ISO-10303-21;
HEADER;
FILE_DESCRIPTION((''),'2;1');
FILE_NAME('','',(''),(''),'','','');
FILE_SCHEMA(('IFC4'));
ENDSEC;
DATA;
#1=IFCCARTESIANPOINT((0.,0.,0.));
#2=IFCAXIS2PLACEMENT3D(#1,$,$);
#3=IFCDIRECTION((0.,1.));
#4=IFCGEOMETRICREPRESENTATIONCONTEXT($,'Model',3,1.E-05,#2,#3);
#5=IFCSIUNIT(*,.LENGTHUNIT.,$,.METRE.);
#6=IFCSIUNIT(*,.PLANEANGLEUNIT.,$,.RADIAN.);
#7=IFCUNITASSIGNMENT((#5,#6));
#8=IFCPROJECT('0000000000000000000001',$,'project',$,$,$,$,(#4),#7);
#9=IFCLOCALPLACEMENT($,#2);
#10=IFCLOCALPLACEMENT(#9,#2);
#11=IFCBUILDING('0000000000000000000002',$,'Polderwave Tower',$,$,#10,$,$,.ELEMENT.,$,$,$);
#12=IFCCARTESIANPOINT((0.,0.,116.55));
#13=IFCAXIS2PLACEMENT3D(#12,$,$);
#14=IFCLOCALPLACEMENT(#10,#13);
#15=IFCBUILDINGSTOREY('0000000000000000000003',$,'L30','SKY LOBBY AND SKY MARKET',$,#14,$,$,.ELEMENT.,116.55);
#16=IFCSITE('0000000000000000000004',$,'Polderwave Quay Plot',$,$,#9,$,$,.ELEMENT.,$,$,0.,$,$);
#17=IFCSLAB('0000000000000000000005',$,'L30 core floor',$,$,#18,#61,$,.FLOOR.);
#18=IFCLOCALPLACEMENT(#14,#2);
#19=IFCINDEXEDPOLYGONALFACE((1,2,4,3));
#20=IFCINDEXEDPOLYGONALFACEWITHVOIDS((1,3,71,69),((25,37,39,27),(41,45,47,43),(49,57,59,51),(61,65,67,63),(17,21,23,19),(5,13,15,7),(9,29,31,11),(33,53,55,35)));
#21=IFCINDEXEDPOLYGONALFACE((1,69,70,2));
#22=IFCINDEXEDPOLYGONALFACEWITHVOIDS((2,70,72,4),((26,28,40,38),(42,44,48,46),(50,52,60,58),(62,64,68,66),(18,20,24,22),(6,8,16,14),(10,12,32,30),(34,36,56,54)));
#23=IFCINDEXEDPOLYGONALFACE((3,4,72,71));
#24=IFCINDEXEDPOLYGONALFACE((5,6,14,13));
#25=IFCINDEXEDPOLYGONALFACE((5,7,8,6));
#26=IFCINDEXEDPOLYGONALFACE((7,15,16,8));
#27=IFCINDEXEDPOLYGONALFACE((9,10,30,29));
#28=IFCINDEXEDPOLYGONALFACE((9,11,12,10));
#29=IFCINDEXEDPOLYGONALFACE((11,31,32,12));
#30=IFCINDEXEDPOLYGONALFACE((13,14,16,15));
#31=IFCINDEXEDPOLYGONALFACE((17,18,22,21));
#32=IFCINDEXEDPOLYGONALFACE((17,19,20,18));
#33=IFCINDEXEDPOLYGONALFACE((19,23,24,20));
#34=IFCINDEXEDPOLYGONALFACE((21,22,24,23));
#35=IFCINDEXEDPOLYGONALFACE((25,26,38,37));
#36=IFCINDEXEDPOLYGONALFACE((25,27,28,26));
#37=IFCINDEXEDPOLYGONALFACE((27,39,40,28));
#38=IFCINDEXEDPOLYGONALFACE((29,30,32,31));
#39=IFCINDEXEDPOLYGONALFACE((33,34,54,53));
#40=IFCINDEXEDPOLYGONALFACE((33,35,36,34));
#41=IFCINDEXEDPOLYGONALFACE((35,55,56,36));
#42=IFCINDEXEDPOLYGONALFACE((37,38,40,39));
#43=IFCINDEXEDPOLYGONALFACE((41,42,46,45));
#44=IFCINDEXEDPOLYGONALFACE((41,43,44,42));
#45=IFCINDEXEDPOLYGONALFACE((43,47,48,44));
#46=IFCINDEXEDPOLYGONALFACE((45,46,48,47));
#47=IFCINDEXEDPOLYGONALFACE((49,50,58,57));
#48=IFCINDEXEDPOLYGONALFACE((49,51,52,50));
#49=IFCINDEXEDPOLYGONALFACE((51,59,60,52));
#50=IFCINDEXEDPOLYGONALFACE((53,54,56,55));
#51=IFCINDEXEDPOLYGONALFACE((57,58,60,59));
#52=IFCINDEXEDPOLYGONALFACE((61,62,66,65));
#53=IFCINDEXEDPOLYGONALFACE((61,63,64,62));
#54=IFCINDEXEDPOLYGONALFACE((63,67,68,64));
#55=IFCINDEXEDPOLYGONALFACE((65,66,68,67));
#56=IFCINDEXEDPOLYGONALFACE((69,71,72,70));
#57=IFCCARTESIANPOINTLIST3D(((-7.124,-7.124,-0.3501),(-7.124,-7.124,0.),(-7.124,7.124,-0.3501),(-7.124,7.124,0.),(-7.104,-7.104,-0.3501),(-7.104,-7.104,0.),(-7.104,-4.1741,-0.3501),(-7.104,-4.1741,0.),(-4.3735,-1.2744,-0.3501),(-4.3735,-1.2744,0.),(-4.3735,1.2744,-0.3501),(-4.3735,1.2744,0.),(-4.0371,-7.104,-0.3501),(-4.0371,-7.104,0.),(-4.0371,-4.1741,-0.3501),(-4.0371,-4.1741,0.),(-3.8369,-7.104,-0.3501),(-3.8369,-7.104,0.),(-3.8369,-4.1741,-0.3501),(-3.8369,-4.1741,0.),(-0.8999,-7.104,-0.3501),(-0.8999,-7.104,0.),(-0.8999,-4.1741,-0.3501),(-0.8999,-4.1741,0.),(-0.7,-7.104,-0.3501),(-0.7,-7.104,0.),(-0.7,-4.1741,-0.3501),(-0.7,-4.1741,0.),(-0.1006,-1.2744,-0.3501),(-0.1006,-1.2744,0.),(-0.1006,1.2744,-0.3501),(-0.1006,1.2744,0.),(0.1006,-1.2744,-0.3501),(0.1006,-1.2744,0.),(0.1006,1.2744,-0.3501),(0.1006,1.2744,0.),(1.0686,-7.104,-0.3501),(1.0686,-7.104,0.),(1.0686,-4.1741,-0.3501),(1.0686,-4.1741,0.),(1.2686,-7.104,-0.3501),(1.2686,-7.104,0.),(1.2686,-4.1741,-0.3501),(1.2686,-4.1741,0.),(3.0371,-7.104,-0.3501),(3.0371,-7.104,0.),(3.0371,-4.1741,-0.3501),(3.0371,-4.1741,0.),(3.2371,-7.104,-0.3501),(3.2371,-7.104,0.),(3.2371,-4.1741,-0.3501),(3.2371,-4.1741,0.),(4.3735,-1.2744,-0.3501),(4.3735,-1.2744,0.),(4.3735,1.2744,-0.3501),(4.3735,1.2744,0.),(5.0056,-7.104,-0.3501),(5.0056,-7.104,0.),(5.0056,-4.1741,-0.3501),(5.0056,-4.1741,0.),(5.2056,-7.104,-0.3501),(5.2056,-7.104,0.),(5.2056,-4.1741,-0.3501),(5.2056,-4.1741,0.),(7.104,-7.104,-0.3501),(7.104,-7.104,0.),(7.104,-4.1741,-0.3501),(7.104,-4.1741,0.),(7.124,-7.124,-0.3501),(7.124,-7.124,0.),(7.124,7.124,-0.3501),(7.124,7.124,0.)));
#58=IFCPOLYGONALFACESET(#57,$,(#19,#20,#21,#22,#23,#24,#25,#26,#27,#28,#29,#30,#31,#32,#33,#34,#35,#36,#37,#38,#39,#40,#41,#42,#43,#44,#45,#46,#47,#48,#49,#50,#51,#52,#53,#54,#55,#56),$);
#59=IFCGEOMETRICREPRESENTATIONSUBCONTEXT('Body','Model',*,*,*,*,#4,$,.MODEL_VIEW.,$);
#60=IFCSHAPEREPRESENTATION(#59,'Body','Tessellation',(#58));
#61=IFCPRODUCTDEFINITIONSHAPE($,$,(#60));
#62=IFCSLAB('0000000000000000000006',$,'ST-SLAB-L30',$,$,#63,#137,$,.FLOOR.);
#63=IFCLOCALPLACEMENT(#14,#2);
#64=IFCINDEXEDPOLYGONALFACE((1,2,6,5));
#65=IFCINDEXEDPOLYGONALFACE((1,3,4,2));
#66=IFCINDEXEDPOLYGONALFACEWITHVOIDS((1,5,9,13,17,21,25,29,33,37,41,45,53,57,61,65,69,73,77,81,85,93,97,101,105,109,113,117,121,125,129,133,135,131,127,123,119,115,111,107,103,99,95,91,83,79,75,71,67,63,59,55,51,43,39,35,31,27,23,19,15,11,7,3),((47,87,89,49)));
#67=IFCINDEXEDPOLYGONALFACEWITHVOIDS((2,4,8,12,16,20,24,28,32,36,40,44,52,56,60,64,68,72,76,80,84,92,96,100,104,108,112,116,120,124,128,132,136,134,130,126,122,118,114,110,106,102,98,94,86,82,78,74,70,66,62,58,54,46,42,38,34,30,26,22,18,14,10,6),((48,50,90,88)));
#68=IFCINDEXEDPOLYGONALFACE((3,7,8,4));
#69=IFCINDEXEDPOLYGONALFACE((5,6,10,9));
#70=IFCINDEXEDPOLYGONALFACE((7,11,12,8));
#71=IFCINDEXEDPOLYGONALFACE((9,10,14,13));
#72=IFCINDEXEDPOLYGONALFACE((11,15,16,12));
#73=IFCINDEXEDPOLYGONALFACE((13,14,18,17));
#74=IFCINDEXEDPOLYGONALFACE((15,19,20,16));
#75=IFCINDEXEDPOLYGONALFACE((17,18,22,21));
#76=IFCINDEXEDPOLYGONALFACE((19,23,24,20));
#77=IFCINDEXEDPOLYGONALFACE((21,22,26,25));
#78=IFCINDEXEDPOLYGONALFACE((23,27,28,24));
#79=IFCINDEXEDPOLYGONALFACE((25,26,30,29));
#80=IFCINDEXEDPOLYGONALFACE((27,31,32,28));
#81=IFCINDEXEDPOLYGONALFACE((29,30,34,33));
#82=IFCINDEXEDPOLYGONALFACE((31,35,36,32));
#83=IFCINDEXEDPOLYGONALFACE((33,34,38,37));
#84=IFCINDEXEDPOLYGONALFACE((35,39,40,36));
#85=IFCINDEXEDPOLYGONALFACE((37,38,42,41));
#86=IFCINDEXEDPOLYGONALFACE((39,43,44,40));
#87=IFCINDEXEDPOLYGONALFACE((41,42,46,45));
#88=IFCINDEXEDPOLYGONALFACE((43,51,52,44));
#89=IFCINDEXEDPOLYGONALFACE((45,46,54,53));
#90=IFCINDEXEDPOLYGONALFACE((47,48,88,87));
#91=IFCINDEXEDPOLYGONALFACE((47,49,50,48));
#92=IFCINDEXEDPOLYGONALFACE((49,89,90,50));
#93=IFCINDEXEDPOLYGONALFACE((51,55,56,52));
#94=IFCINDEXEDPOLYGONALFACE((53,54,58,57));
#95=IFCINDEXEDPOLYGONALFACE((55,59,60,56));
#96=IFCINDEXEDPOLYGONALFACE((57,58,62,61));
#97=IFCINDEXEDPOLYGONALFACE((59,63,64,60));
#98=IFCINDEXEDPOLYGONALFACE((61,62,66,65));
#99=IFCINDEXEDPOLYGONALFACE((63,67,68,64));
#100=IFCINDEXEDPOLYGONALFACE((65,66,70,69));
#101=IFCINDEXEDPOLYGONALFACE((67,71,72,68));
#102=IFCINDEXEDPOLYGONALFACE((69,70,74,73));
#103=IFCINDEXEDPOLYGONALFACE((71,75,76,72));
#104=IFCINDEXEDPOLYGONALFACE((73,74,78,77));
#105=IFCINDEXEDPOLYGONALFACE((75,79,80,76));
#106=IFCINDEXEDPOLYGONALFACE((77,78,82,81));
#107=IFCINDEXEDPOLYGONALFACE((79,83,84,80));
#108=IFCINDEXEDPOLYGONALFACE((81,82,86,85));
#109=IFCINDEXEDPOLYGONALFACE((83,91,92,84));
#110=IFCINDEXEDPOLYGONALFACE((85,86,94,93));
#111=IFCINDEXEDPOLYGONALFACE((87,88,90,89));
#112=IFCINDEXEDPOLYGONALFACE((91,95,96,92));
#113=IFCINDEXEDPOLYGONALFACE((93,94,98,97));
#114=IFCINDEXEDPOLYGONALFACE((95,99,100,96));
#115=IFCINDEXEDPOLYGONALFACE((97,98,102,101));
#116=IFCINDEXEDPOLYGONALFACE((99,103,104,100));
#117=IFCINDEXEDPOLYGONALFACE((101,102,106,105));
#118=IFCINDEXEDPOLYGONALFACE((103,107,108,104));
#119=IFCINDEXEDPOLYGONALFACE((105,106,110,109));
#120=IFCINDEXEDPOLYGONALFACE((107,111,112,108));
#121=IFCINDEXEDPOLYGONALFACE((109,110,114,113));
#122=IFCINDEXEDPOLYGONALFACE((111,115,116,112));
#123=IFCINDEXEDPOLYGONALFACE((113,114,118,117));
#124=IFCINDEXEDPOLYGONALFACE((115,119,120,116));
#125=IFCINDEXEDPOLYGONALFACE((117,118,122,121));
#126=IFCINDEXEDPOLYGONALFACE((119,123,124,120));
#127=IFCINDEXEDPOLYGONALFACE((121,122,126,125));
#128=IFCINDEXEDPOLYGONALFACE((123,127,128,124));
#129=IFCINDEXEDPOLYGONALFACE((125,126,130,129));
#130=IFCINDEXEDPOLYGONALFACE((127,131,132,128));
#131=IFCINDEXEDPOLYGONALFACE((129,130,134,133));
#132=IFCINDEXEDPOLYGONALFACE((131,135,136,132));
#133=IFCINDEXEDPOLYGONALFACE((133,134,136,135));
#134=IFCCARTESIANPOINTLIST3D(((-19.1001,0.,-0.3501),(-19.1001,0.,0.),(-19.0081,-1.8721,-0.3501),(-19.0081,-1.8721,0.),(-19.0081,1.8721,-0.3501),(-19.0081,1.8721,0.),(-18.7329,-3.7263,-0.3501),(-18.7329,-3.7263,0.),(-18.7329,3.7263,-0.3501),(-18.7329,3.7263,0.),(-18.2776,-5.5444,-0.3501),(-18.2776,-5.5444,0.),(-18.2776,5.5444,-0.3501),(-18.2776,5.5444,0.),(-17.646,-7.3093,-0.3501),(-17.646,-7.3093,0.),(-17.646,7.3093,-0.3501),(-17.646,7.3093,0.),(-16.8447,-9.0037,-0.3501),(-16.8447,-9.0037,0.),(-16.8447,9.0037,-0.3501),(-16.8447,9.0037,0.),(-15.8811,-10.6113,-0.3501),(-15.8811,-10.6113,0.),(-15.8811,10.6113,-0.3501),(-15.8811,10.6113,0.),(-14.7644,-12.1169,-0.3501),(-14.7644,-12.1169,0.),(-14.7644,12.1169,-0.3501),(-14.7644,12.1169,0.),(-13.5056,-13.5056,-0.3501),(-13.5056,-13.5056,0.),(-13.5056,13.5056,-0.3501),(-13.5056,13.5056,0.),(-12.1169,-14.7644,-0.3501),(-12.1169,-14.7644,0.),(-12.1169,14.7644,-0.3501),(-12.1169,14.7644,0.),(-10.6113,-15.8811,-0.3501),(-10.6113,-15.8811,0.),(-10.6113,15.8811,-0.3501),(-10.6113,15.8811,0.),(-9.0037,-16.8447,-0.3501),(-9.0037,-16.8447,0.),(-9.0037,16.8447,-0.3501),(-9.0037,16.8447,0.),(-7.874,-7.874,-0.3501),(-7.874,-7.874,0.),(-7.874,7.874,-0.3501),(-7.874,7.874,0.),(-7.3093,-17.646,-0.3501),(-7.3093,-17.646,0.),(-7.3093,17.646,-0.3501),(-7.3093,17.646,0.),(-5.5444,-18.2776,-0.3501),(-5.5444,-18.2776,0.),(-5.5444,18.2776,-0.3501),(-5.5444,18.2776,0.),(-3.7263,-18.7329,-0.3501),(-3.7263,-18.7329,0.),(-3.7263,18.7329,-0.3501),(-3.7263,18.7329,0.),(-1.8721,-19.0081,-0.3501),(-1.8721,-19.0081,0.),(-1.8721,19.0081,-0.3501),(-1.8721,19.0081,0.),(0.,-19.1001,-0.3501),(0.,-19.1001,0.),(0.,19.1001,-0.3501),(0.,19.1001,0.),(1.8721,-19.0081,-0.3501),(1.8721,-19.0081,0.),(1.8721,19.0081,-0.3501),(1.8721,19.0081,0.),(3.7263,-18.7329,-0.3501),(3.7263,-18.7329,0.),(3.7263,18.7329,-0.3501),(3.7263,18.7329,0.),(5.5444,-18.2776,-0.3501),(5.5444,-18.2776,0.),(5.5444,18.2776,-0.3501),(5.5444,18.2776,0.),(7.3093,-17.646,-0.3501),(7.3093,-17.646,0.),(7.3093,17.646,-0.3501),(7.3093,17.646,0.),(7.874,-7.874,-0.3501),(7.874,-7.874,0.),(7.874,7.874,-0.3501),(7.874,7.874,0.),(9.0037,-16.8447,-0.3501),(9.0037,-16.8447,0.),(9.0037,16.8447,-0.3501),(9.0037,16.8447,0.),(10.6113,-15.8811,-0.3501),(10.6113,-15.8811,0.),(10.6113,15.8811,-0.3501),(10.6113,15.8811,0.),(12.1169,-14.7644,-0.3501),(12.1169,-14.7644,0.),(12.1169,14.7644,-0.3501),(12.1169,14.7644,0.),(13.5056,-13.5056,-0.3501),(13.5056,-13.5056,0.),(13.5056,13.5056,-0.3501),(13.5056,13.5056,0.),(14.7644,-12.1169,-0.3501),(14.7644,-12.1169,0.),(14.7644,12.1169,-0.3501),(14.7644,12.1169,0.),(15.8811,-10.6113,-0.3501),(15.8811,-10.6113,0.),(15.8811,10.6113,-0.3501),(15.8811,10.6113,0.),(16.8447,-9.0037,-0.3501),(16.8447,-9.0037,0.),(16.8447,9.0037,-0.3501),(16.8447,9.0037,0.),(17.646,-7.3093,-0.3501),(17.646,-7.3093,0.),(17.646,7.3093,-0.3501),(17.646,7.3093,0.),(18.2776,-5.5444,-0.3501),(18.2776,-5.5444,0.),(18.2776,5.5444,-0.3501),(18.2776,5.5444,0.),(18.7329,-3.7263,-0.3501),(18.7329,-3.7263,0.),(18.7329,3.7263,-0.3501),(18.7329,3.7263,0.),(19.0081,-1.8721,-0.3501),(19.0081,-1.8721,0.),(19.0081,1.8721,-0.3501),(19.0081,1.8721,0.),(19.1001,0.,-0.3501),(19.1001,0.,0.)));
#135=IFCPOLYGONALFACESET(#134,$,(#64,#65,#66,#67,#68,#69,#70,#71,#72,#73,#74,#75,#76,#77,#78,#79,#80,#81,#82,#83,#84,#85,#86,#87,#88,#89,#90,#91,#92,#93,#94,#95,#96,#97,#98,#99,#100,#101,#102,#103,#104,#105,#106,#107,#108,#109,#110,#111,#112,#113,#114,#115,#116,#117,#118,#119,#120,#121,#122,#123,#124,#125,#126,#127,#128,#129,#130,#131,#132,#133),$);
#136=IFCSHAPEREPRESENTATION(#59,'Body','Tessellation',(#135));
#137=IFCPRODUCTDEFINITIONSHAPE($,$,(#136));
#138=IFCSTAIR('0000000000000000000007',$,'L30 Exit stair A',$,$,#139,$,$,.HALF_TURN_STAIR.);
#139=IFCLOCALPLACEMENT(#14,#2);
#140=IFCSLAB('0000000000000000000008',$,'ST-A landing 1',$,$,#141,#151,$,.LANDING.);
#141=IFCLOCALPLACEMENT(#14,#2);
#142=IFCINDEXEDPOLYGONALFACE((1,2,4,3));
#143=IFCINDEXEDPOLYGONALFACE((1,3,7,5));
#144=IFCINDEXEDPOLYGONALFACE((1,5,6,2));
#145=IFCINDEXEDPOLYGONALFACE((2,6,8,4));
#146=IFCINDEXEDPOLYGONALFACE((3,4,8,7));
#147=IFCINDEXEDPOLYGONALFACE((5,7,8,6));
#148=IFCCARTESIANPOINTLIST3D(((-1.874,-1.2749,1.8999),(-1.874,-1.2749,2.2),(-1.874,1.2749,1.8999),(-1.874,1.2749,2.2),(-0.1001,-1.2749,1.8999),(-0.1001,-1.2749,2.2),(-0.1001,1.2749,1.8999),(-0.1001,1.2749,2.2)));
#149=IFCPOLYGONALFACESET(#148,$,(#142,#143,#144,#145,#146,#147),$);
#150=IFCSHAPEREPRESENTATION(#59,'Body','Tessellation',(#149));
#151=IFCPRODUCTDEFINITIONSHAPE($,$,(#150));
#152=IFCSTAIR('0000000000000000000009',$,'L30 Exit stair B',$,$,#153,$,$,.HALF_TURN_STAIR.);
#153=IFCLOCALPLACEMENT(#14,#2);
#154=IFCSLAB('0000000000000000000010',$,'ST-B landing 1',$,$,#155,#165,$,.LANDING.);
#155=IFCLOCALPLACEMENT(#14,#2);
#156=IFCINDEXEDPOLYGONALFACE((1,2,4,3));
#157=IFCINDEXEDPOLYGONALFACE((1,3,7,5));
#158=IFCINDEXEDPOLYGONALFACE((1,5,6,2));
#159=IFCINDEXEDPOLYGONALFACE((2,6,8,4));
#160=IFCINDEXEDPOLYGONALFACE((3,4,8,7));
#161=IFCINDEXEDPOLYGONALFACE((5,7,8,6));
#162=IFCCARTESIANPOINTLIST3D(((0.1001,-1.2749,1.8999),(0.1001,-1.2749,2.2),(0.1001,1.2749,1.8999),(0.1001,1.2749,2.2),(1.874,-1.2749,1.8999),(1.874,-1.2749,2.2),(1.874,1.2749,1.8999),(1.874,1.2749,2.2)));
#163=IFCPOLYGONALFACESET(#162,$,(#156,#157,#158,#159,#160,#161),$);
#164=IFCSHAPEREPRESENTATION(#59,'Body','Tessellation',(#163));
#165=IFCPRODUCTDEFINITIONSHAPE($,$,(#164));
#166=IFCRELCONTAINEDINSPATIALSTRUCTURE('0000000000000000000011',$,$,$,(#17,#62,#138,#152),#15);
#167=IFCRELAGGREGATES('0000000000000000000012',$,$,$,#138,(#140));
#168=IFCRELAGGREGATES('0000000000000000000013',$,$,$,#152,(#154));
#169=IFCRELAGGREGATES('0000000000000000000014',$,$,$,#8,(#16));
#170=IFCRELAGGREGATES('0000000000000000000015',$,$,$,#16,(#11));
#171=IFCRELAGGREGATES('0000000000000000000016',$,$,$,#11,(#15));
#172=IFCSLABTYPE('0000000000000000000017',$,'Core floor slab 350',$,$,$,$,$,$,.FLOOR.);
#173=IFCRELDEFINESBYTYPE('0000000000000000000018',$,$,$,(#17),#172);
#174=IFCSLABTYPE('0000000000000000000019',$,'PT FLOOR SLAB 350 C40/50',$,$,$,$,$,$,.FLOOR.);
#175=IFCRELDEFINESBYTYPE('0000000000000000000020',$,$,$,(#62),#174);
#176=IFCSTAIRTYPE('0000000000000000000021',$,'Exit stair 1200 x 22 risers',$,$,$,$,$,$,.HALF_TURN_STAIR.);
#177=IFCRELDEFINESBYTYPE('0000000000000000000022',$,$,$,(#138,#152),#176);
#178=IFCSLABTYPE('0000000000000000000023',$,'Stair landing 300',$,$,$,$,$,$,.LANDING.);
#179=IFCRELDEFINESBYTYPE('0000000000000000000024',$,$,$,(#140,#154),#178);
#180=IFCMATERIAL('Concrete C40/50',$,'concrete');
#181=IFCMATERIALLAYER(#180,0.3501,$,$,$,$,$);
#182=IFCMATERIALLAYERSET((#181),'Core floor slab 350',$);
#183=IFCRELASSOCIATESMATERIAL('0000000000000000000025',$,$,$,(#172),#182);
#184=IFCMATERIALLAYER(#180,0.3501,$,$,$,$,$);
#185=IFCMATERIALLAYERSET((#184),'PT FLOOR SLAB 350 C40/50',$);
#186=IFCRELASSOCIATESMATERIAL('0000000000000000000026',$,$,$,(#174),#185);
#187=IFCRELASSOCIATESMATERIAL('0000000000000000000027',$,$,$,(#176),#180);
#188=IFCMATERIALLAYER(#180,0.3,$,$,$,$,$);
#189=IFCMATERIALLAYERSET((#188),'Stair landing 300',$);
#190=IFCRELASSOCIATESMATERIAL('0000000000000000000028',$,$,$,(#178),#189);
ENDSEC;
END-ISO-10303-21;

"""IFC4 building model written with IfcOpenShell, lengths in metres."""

from ifc_helpers import new_model, si_unit, direction, frame, origin, place, context, subcontext, project, spatial, polyline, outline, extrude, material, layer, layer_set, type_object, element, aggregate, save


model = new_model("IFC4")

# Units and contexts
model_context = context("Model", 3, precision=1e-05, world=origin(), true_north=direction((0.0, 1.0)))
body_context = subcontext(model_context, "Body", "Model", "MODEL_VIEW")
ifc_project = project(units=[si_unit("LENGTHUNIT", "METRE"), si_unit("PLANEANGLEUNIT", "RADIAN")], contexts=[model_context])

# Site, building, storey
site_placement = place(None, origin())
site = spatial("IfcSite", under=ifc_project, at=site_placement, Name="Polderwave Quay Plot", CompositionType="ELEMENT", RefElevation=0.0)
building_placement = place(site_placement, origin())
building = spatial("IfcBuilding", under=site, at=building_placement, Name="Polderwave Tower", CompositionType="ELEMENT")
storey_placement = place(building_placement, frame((0.0, 0.0, 116.55)))
storey = spatial("IfcBuildingStorey", under=building, at=storey_placement, Name="L30", Description="SKY LOBBY AND SKY MARKET", CompositionType="ELEMENT", Elevation=116.55)

# Slabs
ifc_material_1 = material(Name="Concrete C40/50", Category="concrete")
ifc_layer_1 = layer(ifc_material_1, 0.3501)
ifc_layer_set_1 = layer_set([ifc_layer_1], Name="Core floor slab 350")
slab_type_1 = type_object("IfcSlabType", Name="Core floor slab 350", PredefinedType="FLOOR", material=ifc_layer_set_1)
slab_1_placement = place(storey_placement, frame((0.0, 0.0, -0.3501)))
element("IfcSlab", 1, at=slab_1_placement, inside=storey, type_object=slab_type_1, Name="L30 core floor", PredefinedType="FLOOR", context=body_context, shape_type="SweptSolid", body=[
    extrude(outline(polyline([(-7.124, -7.124), (7.124, -7.124), (7.124, 7.124), (-7.124, 7.124), (-7.124, -7.124)]), holes=[polyline([(-7.104, -7.104), (-4.0371, -7.104), (-4.0371, -4.1741), (-7.104, -4.1741), (-7.104, -7.104)]), polyline([(-3.8369, -7.104), (-0.8999, -7.104), (-0.8999, -4.1741), (-3.8369, -4.1741), (-3.8369, -7.104)]), polyline([(-0.7, -7.104), (1.0686, -7.104), (1.0686, -4.1741), (-0.7, -4.1741), (-0.7, -7.104)]), polyline([(1.2686, -7.104), (3.0371, -7.104), (3.0371, -4.1741), (1.2686, -4.1741), (1.2686, -7.104)]), polyline([(3.2371, -7.104), (5.0056, -7.104), (5.0056, -4.1741), (3.2371, -4.1741), (3.2371, -7.104)]), polyline([(5.2056, -7.104), (7.104, -7.104), (7.104, -4.1741), (5.2056, -4.1741), (5.2056, -7.104)]), polyline([(-4.3735, -1.2744), (-0.1006, -1.2744), (-0.1006, 1.2744), (-4.3735, 1.2744), (-4.3735, -1.2744)]), polyline([(0.1006, -1.2744), (4.3735, -1.2744), (4.3735, 1.2744), (0.1006, 1.2744), (0.1006, -1.2744)])]), origin(), (0.0, 0.0, 1.0), 0.3501),
])
ifc_layer_2 = layer(ifc_material_1, 0.3501)
ifc_layer_set_2 = layer_set([ifc_layer_2], Name="PT FLOOR SLAB 350 C40/50")
slab_type_2 = type_object("IfcSlabType", Name="PT FLOOR SLAB 350 C40/50", PredefinedType="FLOOR", material=ifc_layer_set_2)
slab_2_placement = place(storey_placement, frame((0.0, 0.0, -0.3501)))
element("IfcSlab", 2, at=slab_2_placement, inside=storey, type_object=slab_type_2, Name="ST-SLAB-L30", PredefinedType="FLOOR", context=body_context, shape_type="SweptSolid", body=[
    extrude(outline(polyline([(19.1001, 0.0), (19.0081, 1.8721), (18.7329, 3.7263), (18.2776, 5.5444), (17.646, 7.3093), (16.8447, 9.0037), (15.8811, 10.6113), (14.7644, 12.1169), (13.5056, 13.5056), (12.1169, 14.7644), (10.6113, 15.8811), (9.0037, 16.8447), (7.3093, 17.646), (5.5444, 18.2776), (3.7263, 18.7329), (1.8721, 19.0081), (0.0, 19.1001), (-1.8721, 19.0081), (-3.7263, 18.7329), (-5.5444, 18.2776), (-7.3093, 17.646), (-9.0037, 16.8447), (-10.6113, 15.8811), (-12.1169, 14.7644), (-13.5056, 13.5056), (-14.7644, 12.1169), (-15.8811, 10.6113), (-16.8447, 9.0037), (-17.646, 7.3093), (-18.2776, 5.5444), (-18.7329, 3.7263), (-19.0081, 1.8721), (-19.1001, 0.0), (-19.0081, -1.8721), (-18.7329, -3.7263), (-18.2776, -5.5444), (-17.646, -7.3093), (-16.8447, -9.0037), (-15.8811, -10.6113), (-14.7644, -12.1169), (-13.5056, -13.5056), (-12.1169, -14.7644), (-10.6113, -15.8811), (-9.0037, -16.8447), (-7.3093, -17.646), (-5.5444, -18.2776), (-3.7263, -18.7329), (-1.8721, -19.0081), (0.0, -19.1001), (1.8721, -19.0081), (3.7263, -18.7329), (5.5444, -18.2776), (7.3093, -17.646), (9.0037, -16.8447), (10.6113, -15.8811), (12.1169, -14.7644), (13.5056, -13.5056), (14.7644, -12.1169), (15.8811, -10.6113), (16.8447, -9.0037), (17.646, -7.3093), (18.2776, -5.5444), (18.7329, -3.7263), (19.0081, -1.8721), (19.1001, 0.0)]), holes=[polyline([(-7.874, -7.874), (7.874, -7.874), (7.874, 7.874), (-7.874, 7.874), (-7.874, -7.874)])]), origin(), (0.0, 0.0, 1.0), 0.3501),
])

# Stairs, slabs
stair_type = type_object("IfcStairType", Name="Exit stair 1200 x 22 risers", PredefinedType="HALF_TURN_STAIR", material=ifc_material_1)
stair_1_placement = place(storey_placement, origin())
stair_1 = element("IfcStair", 3, at=stair_1_placement, inside=storey, type_object=stair_type, Name="L30 Exit stair A", PredefinedType="HALF_TURN_STAIR")
ifc_layer_3 = layer(ifc_material_1, 0.3)
ifc_layer_set_3 = layer_set([ifc_layer_3], Name="Stair landing 300")
slab_type_3 = type_object("IfcSlabType", Name="Stair landing 300", PredefinedType="LANDING", material=ifc_layer_set_3)
slab_3_placement = place(storey_placement, frame((0.0, 0.0, 1.8999)))
slab_3 = element("IfcSlab", 4, at=slab_3_placement, type_object=slab_type_3, Name="ST-A landing 1", PredefinedType="LANDING", context=body_context, shape_type="SweptSolid", body=[
    extrude(outline(polyline([(-1.874, -1.2749), (-0.1001, -1.2749), (-0.1001, 1.2749), (-1.874, 1.2749), (-1.874, -1.2749)])), origin(), (0.0, 0.0, 1.0), 0.3),
])
aggregate(stair_1, [slab_3])
stair_2_placement = place(storey_placement, origin())
stair_2 = element("IfcStair", 5, at=stair_2_placement, inside=storey, type_object=stair_type, Name="L30 Exit stair B", PredefinedType="HALF_TURN_STAIR")
slab_4_placement = place(storey_placement, frame((0.0, 0.0, 1.8999)))
slab_4 = element("IfcSlab", 6, at=slab_4_placement, type_object=slab_type_3, Name="ST-B landing 1", PredefinedType="LANDING", context=body_context, shape_type="SweptSolid", body=[
    extrude(outline(polyline([(1.874, 1.2749), (0.1001, 1.2749), (0.1001, -1.2749), (1.874, -1.2749), (1.874, 1.2749)])), origin(), (0.0, 0.0, 1.0), 0.3),
])

aggregate(stair_2, [slab_4])

save(model, "model.ifc")
